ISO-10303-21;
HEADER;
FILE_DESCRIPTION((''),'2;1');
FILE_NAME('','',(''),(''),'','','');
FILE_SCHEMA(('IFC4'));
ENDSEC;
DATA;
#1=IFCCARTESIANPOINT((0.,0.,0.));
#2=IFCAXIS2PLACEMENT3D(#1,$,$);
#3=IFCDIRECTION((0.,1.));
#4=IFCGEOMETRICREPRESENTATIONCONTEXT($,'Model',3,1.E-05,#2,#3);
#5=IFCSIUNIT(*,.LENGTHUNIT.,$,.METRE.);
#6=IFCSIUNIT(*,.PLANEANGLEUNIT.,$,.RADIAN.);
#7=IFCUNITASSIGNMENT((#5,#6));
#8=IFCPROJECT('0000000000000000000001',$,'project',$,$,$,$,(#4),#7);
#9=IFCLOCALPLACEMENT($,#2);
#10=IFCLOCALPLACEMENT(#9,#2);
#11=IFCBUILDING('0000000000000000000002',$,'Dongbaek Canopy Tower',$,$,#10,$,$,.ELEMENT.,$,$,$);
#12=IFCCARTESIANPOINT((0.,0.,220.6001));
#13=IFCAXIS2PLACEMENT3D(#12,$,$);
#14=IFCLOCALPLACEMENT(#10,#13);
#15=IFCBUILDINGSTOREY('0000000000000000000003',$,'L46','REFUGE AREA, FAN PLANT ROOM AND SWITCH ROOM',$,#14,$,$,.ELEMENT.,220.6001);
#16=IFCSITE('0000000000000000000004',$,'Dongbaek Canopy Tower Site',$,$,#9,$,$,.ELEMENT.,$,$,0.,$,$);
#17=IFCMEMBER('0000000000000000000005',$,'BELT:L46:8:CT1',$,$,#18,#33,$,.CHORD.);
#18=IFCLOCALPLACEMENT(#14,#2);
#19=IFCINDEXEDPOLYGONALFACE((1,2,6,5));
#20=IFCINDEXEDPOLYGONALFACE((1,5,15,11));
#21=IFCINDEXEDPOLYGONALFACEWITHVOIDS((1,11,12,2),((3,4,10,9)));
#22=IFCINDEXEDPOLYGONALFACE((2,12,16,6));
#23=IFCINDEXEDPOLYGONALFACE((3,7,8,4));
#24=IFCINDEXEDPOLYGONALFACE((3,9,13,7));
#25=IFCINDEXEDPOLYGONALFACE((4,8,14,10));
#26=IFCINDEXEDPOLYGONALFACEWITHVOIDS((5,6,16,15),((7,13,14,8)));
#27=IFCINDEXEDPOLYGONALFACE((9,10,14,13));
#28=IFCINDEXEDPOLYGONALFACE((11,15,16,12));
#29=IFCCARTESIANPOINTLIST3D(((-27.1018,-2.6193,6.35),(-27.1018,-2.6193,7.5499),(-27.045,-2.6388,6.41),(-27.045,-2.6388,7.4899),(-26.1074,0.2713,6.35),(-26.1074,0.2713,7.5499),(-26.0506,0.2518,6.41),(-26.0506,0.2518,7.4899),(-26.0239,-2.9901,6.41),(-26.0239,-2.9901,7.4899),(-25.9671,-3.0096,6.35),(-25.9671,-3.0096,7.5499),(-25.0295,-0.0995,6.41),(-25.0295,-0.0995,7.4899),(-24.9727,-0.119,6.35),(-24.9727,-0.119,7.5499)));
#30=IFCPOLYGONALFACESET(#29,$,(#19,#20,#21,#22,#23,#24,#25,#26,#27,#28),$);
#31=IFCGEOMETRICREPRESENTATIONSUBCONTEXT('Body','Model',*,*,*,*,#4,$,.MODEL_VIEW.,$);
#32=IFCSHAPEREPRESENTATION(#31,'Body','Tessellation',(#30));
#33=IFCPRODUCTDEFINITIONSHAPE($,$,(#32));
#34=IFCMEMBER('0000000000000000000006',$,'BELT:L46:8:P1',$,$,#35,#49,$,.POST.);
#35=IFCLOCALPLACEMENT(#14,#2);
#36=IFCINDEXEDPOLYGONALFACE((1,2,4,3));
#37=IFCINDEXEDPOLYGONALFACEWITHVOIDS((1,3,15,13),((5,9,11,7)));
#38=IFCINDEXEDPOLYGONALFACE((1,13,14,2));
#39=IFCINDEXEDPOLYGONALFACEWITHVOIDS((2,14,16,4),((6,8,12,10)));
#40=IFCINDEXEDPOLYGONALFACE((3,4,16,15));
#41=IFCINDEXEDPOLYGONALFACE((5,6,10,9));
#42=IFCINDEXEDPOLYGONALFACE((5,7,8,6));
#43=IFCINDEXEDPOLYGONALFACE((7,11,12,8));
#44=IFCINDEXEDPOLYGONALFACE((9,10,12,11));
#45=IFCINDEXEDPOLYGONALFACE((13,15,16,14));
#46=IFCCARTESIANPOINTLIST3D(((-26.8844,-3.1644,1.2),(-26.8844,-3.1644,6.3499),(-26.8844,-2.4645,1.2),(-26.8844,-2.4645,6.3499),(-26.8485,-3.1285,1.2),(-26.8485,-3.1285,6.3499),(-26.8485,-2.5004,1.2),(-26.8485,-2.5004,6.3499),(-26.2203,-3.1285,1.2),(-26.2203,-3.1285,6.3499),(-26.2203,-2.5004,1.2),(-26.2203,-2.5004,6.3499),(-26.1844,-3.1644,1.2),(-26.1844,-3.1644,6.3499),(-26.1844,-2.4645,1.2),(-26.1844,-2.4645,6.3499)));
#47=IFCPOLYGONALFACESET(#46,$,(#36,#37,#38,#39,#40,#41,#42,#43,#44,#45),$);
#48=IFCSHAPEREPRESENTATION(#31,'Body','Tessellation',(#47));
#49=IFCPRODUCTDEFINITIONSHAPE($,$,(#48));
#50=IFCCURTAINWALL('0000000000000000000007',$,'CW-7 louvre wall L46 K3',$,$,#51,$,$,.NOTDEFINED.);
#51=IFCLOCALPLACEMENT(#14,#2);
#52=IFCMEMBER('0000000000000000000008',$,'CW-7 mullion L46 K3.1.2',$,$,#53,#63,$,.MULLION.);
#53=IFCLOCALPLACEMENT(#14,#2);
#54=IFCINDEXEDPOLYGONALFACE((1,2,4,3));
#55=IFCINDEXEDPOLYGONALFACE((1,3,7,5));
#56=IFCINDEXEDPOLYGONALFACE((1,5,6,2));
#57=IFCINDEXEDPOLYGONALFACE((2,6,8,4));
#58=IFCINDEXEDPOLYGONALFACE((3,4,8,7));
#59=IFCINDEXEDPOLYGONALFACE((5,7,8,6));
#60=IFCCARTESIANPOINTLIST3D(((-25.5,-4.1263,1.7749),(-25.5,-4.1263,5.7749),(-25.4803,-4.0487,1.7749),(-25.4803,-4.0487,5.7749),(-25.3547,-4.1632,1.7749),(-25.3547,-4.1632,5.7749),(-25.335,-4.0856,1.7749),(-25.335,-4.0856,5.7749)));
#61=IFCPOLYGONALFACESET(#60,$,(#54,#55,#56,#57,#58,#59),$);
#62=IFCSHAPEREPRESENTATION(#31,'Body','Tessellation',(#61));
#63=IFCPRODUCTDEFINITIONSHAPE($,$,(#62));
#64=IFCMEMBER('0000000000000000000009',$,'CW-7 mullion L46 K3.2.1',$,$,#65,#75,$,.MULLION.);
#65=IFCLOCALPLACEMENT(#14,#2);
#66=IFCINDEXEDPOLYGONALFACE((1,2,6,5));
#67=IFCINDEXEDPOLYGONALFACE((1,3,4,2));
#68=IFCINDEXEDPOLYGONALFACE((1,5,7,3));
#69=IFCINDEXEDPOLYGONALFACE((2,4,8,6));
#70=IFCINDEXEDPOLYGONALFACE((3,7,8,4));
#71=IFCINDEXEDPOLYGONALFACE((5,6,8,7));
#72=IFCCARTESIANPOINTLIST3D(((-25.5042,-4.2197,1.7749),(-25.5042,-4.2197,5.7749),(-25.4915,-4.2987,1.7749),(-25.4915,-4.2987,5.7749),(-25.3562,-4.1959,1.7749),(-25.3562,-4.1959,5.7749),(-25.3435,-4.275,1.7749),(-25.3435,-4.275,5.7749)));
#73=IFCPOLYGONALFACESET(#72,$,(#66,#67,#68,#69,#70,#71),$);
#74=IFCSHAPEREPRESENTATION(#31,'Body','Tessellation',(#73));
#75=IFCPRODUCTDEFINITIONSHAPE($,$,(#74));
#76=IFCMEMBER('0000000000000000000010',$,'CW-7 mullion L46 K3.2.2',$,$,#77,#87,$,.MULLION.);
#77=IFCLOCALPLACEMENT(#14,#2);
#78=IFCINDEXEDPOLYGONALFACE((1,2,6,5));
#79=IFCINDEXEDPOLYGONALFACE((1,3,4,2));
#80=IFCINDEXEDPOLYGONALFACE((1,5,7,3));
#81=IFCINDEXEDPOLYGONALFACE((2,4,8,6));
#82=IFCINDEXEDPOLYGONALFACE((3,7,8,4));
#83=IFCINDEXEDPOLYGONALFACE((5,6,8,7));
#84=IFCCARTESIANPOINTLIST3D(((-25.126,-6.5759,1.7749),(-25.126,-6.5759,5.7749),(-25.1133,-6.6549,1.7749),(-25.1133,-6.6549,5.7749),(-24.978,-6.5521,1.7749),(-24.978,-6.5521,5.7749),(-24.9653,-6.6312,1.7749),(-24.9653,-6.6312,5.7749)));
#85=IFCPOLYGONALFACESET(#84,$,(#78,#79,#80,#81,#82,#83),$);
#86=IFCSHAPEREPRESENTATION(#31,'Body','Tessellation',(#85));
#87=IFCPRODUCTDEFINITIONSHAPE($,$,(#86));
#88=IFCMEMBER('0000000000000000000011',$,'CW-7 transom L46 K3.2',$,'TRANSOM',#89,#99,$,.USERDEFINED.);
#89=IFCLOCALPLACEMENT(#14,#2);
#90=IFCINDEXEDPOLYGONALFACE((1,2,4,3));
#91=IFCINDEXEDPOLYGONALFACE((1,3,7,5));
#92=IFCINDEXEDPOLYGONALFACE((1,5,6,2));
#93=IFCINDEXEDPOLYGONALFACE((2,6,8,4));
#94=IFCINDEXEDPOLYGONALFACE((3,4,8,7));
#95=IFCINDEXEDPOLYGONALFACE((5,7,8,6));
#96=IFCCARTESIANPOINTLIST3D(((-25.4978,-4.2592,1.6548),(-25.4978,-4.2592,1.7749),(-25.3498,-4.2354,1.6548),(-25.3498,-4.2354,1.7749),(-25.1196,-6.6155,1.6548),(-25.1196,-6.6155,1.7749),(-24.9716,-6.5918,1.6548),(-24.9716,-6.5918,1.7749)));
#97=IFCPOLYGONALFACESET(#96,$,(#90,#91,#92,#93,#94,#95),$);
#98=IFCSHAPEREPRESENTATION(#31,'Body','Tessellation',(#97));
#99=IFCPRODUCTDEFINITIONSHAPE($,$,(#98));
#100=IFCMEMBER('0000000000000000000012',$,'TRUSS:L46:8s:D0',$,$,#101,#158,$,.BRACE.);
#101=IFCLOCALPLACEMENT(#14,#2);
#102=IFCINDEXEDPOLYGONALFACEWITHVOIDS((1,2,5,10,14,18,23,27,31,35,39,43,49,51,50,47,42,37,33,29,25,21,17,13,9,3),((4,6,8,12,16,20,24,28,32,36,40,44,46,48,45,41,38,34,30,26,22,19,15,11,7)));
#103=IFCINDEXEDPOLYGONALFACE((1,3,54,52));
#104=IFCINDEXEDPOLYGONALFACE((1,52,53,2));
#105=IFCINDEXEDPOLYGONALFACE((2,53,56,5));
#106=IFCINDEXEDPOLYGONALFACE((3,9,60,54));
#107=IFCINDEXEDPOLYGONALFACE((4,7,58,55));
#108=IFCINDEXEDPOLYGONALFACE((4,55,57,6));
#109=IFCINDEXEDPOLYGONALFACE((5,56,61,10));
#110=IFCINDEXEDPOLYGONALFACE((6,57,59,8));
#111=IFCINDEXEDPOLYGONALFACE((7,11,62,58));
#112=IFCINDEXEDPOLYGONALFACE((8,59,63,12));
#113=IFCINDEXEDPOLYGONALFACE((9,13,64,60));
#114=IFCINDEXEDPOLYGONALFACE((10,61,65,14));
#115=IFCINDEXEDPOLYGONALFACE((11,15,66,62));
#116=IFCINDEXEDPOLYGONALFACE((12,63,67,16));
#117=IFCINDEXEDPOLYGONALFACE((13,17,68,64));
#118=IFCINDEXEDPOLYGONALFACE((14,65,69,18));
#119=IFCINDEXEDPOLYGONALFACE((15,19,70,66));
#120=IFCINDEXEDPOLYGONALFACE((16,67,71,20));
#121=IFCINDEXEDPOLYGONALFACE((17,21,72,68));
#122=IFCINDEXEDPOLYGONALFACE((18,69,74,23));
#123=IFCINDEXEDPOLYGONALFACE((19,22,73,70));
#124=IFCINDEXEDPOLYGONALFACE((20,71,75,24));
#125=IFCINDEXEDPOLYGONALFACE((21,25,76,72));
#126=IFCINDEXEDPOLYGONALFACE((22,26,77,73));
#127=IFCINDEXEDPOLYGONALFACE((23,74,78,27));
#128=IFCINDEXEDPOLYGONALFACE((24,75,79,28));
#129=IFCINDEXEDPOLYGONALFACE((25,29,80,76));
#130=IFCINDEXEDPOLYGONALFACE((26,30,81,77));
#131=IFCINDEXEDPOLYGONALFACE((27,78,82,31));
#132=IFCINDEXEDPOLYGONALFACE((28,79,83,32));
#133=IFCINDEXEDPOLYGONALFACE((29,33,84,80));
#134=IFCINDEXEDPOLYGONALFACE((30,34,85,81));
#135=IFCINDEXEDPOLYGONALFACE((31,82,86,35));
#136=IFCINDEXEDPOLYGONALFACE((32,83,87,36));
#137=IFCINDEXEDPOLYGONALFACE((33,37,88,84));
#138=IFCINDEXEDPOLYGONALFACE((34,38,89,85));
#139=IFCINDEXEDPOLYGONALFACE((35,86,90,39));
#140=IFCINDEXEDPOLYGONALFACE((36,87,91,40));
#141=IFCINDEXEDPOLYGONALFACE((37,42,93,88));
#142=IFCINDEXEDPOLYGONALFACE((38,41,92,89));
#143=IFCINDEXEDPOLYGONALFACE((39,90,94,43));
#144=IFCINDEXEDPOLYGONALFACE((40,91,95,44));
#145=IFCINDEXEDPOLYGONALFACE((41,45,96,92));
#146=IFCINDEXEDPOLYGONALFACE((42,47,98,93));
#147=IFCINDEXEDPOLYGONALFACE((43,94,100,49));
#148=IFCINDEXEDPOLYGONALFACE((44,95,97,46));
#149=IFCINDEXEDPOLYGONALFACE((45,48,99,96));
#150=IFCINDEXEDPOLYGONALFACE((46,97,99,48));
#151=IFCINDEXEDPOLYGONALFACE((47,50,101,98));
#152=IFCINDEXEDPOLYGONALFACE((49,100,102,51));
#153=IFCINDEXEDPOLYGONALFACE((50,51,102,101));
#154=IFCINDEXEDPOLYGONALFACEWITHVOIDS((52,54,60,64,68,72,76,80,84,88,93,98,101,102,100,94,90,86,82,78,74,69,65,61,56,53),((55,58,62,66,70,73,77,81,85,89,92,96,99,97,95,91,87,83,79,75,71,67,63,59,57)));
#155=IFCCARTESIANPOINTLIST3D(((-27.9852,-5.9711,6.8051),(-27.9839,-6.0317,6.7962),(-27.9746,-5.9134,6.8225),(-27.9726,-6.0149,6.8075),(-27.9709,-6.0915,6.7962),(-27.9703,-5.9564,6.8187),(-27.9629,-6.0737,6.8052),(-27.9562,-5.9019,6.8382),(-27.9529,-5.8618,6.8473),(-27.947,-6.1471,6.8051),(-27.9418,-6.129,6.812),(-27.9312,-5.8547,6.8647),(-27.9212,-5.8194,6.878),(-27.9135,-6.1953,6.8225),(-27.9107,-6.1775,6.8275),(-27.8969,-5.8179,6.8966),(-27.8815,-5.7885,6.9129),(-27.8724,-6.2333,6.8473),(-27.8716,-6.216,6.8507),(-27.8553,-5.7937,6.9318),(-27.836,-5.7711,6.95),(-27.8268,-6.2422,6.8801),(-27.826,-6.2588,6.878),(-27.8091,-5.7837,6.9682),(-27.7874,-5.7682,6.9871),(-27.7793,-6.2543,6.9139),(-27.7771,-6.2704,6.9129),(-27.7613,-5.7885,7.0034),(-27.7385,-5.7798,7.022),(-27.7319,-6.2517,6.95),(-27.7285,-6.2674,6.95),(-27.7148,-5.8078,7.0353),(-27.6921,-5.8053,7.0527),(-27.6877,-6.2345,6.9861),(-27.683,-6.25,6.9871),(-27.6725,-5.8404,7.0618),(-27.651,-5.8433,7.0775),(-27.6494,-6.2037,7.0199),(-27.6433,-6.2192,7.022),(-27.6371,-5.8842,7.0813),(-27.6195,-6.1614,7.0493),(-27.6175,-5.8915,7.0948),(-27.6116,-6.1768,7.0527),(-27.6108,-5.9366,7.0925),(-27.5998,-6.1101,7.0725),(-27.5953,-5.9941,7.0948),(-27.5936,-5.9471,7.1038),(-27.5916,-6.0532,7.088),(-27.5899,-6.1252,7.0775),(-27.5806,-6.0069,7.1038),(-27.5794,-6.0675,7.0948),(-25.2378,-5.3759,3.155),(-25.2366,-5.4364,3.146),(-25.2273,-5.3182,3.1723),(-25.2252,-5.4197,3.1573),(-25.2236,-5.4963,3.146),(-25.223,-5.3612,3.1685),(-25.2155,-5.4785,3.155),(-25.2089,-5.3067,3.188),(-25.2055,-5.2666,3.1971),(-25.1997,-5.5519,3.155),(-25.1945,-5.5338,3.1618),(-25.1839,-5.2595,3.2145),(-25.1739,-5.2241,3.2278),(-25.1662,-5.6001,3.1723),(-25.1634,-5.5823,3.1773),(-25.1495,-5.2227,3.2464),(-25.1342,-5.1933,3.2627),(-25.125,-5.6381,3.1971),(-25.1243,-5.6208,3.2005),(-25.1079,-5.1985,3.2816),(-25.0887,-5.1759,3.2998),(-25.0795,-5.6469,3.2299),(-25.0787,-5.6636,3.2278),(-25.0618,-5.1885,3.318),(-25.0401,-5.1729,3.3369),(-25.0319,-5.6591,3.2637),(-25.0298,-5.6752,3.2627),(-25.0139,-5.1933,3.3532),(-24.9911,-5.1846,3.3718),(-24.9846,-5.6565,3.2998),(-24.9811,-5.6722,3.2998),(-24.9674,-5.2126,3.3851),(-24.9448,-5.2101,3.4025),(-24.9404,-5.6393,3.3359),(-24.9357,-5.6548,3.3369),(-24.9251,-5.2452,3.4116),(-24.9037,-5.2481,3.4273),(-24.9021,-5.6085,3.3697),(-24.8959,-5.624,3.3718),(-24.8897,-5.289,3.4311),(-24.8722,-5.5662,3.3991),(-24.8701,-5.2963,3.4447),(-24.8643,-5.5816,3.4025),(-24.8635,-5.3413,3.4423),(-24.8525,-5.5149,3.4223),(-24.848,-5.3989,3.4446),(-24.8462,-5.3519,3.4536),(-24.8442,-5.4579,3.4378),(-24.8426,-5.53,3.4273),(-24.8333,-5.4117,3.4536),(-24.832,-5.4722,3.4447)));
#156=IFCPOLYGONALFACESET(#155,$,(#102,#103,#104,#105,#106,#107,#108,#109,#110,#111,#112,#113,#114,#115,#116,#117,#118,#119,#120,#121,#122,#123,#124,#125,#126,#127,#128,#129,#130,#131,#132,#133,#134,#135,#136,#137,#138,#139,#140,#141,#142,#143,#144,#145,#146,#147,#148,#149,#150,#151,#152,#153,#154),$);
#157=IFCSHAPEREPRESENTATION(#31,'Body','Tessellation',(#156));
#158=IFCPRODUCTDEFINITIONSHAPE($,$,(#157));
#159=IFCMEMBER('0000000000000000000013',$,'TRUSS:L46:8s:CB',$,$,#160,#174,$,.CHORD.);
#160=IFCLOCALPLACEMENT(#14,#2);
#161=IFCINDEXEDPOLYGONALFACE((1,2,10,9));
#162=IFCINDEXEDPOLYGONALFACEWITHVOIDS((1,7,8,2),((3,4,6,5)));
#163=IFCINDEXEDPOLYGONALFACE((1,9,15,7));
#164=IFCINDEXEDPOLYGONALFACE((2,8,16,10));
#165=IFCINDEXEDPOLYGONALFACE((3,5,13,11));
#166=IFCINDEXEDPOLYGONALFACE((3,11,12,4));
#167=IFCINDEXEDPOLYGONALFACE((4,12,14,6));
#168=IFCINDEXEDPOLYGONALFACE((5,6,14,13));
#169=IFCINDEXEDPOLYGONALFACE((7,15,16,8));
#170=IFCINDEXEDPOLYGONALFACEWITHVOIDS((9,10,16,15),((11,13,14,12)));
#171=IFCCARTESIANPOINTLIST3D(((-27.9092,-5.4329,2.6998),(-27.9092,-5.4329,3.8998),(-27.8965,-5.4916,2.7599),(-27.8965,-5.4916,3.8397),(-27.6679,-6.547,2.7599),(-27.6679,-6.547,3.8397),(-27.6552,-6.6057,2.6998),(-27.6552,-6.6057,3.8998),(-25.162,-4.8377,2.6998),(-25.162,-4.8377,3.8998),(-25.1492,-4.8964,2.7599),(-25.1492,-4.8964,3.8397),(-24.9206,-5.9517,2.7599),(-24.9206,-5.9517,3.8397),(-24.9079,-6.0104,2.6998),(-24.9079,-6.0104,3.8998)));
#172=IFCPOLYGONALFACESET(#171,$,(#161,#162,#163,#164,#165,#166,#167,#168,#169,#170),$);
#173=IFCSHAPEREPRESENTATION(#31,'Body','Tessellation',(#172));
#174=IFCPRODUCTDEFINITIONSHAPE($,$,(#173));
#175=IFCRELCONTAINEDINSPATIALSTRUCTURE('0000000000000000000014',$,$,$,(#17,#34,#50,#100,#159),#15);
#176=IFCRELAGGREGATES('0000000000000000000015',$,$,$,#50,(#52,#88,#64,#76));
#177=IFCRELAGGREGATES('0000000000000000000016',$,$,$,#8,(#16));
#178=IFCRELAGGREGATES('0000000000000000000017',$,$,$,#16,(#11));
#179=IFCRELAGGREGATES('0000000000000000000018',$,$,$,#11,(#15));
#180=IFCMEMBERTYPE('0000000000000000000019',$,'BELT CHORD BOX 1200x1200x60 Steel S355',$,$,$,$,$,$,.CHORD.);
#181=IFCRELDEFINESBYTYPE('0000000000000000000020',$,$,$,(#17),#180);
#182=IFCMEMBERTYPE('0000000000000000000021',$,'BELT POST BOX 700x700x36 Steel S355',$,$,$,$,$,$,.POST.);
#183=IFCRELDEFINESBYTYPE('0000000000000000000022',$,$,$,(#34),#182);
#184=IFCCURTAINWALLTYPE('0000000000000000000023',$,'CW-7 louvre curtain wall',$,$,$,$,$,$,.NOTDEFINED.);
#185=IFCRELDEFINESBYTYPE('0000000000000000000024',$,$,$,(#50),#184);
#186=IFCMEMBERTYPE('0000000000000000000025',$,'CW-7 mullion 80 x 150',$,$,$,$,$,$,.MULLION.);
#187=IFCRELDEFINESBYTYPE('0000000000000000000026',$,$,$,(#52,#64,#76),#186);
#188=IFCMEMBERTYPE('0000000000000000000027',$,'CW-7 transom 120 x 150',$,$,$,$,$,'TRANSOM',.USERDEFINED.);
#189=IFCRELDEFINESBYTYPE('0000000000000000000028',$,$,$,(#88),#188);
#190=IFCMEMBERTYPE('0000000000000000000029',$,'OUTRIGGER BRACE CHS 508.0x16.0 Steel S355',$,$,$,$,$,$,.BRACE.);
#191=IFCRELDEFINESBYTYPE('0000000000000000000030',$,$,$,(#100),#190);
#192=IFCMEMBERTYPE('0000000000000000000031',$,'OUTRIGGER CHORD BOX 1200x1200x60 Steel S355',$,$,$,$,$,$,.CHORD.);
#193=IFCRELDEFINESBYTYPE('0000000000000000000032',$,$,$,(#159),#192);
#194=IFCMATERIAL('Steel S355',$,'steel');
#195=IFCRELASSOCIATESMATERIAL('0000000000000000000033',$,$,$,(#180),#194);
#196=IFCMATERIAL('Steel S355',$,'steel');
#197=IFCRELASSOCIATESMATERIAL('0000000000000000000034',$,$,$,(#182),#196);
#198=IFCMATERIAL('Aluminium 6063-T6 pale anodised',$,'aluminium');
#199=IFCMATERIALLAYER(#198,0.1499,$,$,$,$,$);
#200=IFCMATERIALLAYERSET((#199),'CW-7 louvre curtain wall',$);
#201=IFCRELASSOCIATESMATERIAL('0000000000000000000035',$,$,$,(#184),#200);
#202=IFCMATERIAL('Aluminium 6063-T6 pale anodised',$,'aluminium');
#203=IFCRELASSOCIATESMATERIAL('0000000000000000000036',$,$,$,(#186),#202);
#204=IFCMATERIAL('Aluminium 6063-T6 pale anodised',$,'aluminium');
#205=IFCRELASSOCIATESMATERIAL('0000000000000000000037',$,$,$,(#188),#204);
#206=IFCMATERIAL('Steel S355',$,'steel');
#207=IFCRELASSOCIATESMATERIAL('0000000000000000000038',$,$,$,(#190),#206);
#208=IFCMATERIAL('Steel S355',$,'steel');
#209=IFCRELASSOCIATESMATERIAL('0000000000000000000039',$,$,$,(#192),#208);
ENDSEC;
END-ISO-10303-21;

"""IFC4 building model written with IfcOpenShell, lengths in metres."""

from ifc_helpers import new_model, si_unit, direction, frame, origin, origin_2d, place, context, subcontext, project, spatial, rectangle, hollow_rectangle, hollow_circle, extrude, material, layer, layer_set, material_profile, profile_set, type_object, element, aggregate, save


model = new_model("IFC4")

# Units and contexts
model_context = context("Model", 3, precision=1e-05, world=origin(), true_north=direction((0.0, 1.0)))
body_context = subcontext(model_context, "Body", "Model", "MODEL_VIEW")
ifc_project = project(units=[si_unit("LENGTHUNIT", "METRE"), si_unit("PLANEANGLEUNIT", "RADIAN")], contexts=[model_context])

# Site, building, storey
site_placement = place(None, origin())
site = spatial("IfcSite", under=ifc_project, at=site_placement, Name="Dongbaek Canopy Tower Site", CompositionType="ELEMENT", RefElevation=0.0)
building_placement = place(site_placement, origin())
building = spatial("IfcBuilding", under=site, at=building_placement, Name="Dongbaek Canopy Tower", CompositionType="ELEMENT")
storey_placement = place(building_placement, frame((0.0, 0.0, 220.6001)))
storey = spatial("IfcBuildingStorey", under=building, at=storey_placement, Name="L46", Description="REFUGE AREA, FAN PLANT ROOM AND SWITCH ROOM", CompositionType="ELEMENT", Elevation=220.6001)

# Members
ifc_material_1 = material(Name="Steel S355", Category="steel")
ifc_material_profile_1 = material_profile(ifc_material_1, hollow_rectangle(XDim=1.2, YDim=1.2, WallThickness=0.0601, at=origin_2d()), Name="BELT CHORD BOX 1200x1200x60 Steel S355")
ifc_profile_set_1 = profile_set([ifc_material_profile_1], Name="Steel S355")
member_type_1 = type_object("IfcMemberType", Name="BELT CHORD BOX 1200x1200x60 Steel S355", PredefinedType="CHORD", material=ifc_profile_set_1)
for number, where, z_axis, x_axis, name in (
    (1, (-26.5344, -2.8145, 6.95), (0.325294, 0.945613, 0.0), (-0.945613, 0.325294, 0.0), "BELT:L46:8:CT1"),
):
    element("IfcMember", number, at=place(storey_placement, frame(where, z_axis=z_axis, x_axis=x_axis)), inside=storey, type_object=member_type_1, Name=name, PredefinedType="CHORD", context=body_context, shape_type="SweptSolid", body=[
        extrude(hollow_rectangle(XDim=1.2, YDim=1.2, WallThickness=0.0601, at=origin_2d()), origin(), (0.0, 0.0, 1.0), 3.0569),
    ])
ifc_material_2 = material(Name="Steel S355", Category="steel")
ifc_material_profile_2 = material_profile(ifc_material_2, hollow_rectangle(XDim=0.7, YDim=0.7, WallThickness=0.0359, at=origin_2d()), Name="BELT POST BOX 700x700x36 Steel S355")
ifc_profile_set_2 = profile_set([ifc_material_profile_2], Name="Steel S355")
member_type_2 = type_object("IfcMemberType", Name="BELT POST BOX 700x700x36 Steel S355", PredefinedType="POST", material=ifc_profile_set_2)
member_1_placement = place(storey_placement, frame((-26.5344, -2.8145, 1.2), z_axis=(0.0, 0.0, 1.0), x_axis=(1.0, 0.0, 0.0)))
element("IfcMember", 2, at=member_1_placement, inside=storey, type_object=member_type_2, Name="BELT:L46:8:P1", PredefinedType="POST", context=body_context, shape_type="SweptSolid", body=[
    extrude(hollow_rectangle(XDim=0.7, YDim=0.7, WallThickness=0.0359, at=origin_2d()), origin(), (0.0, 0.0, 1.0), 5.1499),
])

# Curtain wall, members
ifc_material_3 = material(Name="Aluminium 6063-T6 pale anodised", Category="aluminium")
ifc_layer_1 = layer(ifc_material_3, 0.1499)
ifc_layer_set_1 = layer_set([ifc_layer_1], Name="CW-7 louvre curtain wall")
curtain_wall_type = type_object("IfcCurtainWallType", Name="CW-7 louvre curtain wall", PredefinedType="NOTDEFINED", material=ifc_layer_set_1)
curtain_wall_placement = place(storey_placement, origin())
curtain_wall = element("IfcCurtainWall", 3, at=curtain_wall_placement, inside=storey, type_object=curtain_wall_type, Name="CW-7 louvre wall L46 K3", PredefinedType="NOTDEFINED")
ifc_material_4 = material(Name="Aluminium 6063-T6 pale anodised", Category="aluminium")
ifc_material_profile_3 = material_profile(ifc_material_4, rectangle(XDim=0.1499, YDim=0.0801, at=origin_2d()), Name="CW-7 mullion 80 x 150")
ifc_profile_set_3 = profile_set([ifc_material_profile_3], Name="Aluminium 6063-T6 pale anodised")
member_type_3 = type_object("IfcMemberType", Name="CW-7 mullion 80 x 150", PredefinedType="MULLION", material=ifc_profile_set_3)
member_2_placement = place(storey_placement, frame((-25.4175, -4.106, 1.7749), z_axis=(0.0, 0.0, 1.0), x_axis=(-0.969335, 0.245743, 0.0)))
member_2 = element("IfcMember", 4, at=member_2_placement, type_object=member_type_3, Name="CW-7 mullion L46 K3.1.2", PredefinedType="MULLION", context=body_context, shape_type="SweptSolid", body=[
    extrude(rectangle(XDim=0.1499, YDim=0.0801, at=origin_2d()), origin(), (0.0, 0.0, 1.0), 4.0),
])
member_3_placement = place(storey_placement, frame((-25.4238, -4.2473, 1.7749), z_axis=(0.0, 0.0, 1.0), x_axis=(-0.987363, -0.158474, 0.0)))
member_3 = element("IfcMember", 5, at=member_3_placement, type_object=member_type_3, Name="CW-7 mullion L46 K3.2.1", PredefinedType="MULLION", context=body_context, shape_type="SweptSolid", body=[
    extrude(rectangle(XDim=0.1499, YDim=0.0801, at=origin_2d()), origin(), (0.0, 0.0, 1.0), 4.0),
])
member_4_placement = place(storey_placement, frame((-25.0457, -6.6035, 1.7749), z_axis=(0.0, 0.0, 1.0), x_axis=(-0.987363, -0.158474, 0.0)))
member_4 = element("IfcMember", 6, at=member_4_placement, type_object=member_type_3, Name="CW-7 mullion L46 K3.2.2", PredefinedType="MULLION", context=body_context, shape_type="SweptSolid", body=[
    extrude(rectangle(XDim=0.1499, YDim=0.0801, at=origin_2d()), origin(), (0.0, 0.0, 1.0), 4.0),
])
ifc_material_5 = material(Name="Aluminium 6063-T6 pale anodised", Category="aluminium")
ifc_material_profile_4 = material_profile(ifc_material_5, rectangle(XDim=0.1499, YDim=0.1201, at=origin_2d()), Name="CW-7 transom 120 x 150")
ifc_profile_set_4 = profile_set([ifc_material_profile_4], Name="Aluminium 6063-T6 pale anodised")
member_type_4 = type_object("IfcMemberType", Name="CW-7 transom 120 x 150", ElementType="TRANSOM", PredefinedType="USERDEFINED", material=ifc_profile_set_4)
member_5_placement = place(storey_placement, frame((-25.4238, -4.2473, 1.7148), z_axis=(0.158473, -0.987363, 0.0), x_axis=(0.987363, 0.158473, 0.0)))
member_5 = element("IfcMember", 7, at=member_5_placement, type_object=member_type_4, Name="CW-7 transom L46 K3.2", ObjectType="TRANSOM", PredefinedType="USERDEFINED", context=body_context, shape_type="SweptSolid", body=[
    extrude(rectangle(XDim=0.1499, YDim=0.1201, at=origin_2d()), origin(), (0.0, 0.0, 1.0), 2.3865),
])

# Members
ifc_material_6 = material(Name="Steel S355", Category="steel")
ifc_material_profile_5 = material_profile(ifc_material_6, hollow_circle(Radius=0.2539, WallThickness=0.0161, at=origin_2d()), Name="OUTRIGGER BRACE CHS 508.0x16.0 Steel S355")
ifc_profile_set_5 = profile_set([ifc_material_profile_5], Name="Steel S355")
member_type_5 = type_object("IfcMemberType", Name="OUTRIGGER BRACE CHS 508.0x16.0 Steel S355", PredefinedType="BRACE", material=ifc_profile_set_5)
member_6_placement = place(storey_placement, frame((-25.0349, -5.4241, 3.2998), z_axis=(-0.596319, -0.129194, 0.792283), x_axis=(0.211741, -0.977326, 0.0)))
element("IfcMember", 8, at=member_6_placement, inside=storey, type_object=member_type_5, Name="TRUSS:L46:8s:D0", PredefinedType="BRACE", context=body_context, shape_type="SweptSolid", body=[
    extrude(hollow_circle(Radius=0.2539, WallThickness=0.0161, at=origin_2d()), origin(), (0.0, 0.0, 1.0), 4.6072),
])
ifc_material_7 = material(Name="Steel S355", Category="steel")
ifc_material_profile_6 = material_profile(ifc_material_7, hollow_rectangle(XDim=1.2, YDim=1.2, WallThickness=0.0601, at=origin_2d()), Name="OUTRIGGER CHORD BOX 1200x1200x60 Steel S355")
ifc_profile_set_6 = profile_set([ifc_material_profile_6], Name="Steel S355")
member_type_6 = type_object("IfcMemberType", Name="OUTRIGGER CHORD BOX 1200x1200x60 Steel S355", PredefinedType="CHORD", material=ifc_profile_set_6)
for number, where, z_axis, x_axis, name in (
    (9, (-25.0349, -5.4241, 3.2998), (-0.977326, -0.211741, 0.0), (0.211741, -0.977326, 0.0), "TRUSS:L46:8s:CB"),
):
    element("IfcMember", number, at=place(storey_placement, frame(where, z_axis=z_axis, x_axis=x_axis)), inside=storey, type_object=member_type_6, Name=name, PredefinedType="CHORD", context=body_context, shape_type="SweptSolid", body=[
        extrude(hollow_rectangle(XDim=1.2, YDim=1.2, WallThickness=0.0601, at=origin_2d()), origin(), (0.0, 0.0, 1.0), 2.811),
    ])

aggregate(curtain_wall, [member_2, member_5, member_3, member_4])

save(model, "model.ifc")
